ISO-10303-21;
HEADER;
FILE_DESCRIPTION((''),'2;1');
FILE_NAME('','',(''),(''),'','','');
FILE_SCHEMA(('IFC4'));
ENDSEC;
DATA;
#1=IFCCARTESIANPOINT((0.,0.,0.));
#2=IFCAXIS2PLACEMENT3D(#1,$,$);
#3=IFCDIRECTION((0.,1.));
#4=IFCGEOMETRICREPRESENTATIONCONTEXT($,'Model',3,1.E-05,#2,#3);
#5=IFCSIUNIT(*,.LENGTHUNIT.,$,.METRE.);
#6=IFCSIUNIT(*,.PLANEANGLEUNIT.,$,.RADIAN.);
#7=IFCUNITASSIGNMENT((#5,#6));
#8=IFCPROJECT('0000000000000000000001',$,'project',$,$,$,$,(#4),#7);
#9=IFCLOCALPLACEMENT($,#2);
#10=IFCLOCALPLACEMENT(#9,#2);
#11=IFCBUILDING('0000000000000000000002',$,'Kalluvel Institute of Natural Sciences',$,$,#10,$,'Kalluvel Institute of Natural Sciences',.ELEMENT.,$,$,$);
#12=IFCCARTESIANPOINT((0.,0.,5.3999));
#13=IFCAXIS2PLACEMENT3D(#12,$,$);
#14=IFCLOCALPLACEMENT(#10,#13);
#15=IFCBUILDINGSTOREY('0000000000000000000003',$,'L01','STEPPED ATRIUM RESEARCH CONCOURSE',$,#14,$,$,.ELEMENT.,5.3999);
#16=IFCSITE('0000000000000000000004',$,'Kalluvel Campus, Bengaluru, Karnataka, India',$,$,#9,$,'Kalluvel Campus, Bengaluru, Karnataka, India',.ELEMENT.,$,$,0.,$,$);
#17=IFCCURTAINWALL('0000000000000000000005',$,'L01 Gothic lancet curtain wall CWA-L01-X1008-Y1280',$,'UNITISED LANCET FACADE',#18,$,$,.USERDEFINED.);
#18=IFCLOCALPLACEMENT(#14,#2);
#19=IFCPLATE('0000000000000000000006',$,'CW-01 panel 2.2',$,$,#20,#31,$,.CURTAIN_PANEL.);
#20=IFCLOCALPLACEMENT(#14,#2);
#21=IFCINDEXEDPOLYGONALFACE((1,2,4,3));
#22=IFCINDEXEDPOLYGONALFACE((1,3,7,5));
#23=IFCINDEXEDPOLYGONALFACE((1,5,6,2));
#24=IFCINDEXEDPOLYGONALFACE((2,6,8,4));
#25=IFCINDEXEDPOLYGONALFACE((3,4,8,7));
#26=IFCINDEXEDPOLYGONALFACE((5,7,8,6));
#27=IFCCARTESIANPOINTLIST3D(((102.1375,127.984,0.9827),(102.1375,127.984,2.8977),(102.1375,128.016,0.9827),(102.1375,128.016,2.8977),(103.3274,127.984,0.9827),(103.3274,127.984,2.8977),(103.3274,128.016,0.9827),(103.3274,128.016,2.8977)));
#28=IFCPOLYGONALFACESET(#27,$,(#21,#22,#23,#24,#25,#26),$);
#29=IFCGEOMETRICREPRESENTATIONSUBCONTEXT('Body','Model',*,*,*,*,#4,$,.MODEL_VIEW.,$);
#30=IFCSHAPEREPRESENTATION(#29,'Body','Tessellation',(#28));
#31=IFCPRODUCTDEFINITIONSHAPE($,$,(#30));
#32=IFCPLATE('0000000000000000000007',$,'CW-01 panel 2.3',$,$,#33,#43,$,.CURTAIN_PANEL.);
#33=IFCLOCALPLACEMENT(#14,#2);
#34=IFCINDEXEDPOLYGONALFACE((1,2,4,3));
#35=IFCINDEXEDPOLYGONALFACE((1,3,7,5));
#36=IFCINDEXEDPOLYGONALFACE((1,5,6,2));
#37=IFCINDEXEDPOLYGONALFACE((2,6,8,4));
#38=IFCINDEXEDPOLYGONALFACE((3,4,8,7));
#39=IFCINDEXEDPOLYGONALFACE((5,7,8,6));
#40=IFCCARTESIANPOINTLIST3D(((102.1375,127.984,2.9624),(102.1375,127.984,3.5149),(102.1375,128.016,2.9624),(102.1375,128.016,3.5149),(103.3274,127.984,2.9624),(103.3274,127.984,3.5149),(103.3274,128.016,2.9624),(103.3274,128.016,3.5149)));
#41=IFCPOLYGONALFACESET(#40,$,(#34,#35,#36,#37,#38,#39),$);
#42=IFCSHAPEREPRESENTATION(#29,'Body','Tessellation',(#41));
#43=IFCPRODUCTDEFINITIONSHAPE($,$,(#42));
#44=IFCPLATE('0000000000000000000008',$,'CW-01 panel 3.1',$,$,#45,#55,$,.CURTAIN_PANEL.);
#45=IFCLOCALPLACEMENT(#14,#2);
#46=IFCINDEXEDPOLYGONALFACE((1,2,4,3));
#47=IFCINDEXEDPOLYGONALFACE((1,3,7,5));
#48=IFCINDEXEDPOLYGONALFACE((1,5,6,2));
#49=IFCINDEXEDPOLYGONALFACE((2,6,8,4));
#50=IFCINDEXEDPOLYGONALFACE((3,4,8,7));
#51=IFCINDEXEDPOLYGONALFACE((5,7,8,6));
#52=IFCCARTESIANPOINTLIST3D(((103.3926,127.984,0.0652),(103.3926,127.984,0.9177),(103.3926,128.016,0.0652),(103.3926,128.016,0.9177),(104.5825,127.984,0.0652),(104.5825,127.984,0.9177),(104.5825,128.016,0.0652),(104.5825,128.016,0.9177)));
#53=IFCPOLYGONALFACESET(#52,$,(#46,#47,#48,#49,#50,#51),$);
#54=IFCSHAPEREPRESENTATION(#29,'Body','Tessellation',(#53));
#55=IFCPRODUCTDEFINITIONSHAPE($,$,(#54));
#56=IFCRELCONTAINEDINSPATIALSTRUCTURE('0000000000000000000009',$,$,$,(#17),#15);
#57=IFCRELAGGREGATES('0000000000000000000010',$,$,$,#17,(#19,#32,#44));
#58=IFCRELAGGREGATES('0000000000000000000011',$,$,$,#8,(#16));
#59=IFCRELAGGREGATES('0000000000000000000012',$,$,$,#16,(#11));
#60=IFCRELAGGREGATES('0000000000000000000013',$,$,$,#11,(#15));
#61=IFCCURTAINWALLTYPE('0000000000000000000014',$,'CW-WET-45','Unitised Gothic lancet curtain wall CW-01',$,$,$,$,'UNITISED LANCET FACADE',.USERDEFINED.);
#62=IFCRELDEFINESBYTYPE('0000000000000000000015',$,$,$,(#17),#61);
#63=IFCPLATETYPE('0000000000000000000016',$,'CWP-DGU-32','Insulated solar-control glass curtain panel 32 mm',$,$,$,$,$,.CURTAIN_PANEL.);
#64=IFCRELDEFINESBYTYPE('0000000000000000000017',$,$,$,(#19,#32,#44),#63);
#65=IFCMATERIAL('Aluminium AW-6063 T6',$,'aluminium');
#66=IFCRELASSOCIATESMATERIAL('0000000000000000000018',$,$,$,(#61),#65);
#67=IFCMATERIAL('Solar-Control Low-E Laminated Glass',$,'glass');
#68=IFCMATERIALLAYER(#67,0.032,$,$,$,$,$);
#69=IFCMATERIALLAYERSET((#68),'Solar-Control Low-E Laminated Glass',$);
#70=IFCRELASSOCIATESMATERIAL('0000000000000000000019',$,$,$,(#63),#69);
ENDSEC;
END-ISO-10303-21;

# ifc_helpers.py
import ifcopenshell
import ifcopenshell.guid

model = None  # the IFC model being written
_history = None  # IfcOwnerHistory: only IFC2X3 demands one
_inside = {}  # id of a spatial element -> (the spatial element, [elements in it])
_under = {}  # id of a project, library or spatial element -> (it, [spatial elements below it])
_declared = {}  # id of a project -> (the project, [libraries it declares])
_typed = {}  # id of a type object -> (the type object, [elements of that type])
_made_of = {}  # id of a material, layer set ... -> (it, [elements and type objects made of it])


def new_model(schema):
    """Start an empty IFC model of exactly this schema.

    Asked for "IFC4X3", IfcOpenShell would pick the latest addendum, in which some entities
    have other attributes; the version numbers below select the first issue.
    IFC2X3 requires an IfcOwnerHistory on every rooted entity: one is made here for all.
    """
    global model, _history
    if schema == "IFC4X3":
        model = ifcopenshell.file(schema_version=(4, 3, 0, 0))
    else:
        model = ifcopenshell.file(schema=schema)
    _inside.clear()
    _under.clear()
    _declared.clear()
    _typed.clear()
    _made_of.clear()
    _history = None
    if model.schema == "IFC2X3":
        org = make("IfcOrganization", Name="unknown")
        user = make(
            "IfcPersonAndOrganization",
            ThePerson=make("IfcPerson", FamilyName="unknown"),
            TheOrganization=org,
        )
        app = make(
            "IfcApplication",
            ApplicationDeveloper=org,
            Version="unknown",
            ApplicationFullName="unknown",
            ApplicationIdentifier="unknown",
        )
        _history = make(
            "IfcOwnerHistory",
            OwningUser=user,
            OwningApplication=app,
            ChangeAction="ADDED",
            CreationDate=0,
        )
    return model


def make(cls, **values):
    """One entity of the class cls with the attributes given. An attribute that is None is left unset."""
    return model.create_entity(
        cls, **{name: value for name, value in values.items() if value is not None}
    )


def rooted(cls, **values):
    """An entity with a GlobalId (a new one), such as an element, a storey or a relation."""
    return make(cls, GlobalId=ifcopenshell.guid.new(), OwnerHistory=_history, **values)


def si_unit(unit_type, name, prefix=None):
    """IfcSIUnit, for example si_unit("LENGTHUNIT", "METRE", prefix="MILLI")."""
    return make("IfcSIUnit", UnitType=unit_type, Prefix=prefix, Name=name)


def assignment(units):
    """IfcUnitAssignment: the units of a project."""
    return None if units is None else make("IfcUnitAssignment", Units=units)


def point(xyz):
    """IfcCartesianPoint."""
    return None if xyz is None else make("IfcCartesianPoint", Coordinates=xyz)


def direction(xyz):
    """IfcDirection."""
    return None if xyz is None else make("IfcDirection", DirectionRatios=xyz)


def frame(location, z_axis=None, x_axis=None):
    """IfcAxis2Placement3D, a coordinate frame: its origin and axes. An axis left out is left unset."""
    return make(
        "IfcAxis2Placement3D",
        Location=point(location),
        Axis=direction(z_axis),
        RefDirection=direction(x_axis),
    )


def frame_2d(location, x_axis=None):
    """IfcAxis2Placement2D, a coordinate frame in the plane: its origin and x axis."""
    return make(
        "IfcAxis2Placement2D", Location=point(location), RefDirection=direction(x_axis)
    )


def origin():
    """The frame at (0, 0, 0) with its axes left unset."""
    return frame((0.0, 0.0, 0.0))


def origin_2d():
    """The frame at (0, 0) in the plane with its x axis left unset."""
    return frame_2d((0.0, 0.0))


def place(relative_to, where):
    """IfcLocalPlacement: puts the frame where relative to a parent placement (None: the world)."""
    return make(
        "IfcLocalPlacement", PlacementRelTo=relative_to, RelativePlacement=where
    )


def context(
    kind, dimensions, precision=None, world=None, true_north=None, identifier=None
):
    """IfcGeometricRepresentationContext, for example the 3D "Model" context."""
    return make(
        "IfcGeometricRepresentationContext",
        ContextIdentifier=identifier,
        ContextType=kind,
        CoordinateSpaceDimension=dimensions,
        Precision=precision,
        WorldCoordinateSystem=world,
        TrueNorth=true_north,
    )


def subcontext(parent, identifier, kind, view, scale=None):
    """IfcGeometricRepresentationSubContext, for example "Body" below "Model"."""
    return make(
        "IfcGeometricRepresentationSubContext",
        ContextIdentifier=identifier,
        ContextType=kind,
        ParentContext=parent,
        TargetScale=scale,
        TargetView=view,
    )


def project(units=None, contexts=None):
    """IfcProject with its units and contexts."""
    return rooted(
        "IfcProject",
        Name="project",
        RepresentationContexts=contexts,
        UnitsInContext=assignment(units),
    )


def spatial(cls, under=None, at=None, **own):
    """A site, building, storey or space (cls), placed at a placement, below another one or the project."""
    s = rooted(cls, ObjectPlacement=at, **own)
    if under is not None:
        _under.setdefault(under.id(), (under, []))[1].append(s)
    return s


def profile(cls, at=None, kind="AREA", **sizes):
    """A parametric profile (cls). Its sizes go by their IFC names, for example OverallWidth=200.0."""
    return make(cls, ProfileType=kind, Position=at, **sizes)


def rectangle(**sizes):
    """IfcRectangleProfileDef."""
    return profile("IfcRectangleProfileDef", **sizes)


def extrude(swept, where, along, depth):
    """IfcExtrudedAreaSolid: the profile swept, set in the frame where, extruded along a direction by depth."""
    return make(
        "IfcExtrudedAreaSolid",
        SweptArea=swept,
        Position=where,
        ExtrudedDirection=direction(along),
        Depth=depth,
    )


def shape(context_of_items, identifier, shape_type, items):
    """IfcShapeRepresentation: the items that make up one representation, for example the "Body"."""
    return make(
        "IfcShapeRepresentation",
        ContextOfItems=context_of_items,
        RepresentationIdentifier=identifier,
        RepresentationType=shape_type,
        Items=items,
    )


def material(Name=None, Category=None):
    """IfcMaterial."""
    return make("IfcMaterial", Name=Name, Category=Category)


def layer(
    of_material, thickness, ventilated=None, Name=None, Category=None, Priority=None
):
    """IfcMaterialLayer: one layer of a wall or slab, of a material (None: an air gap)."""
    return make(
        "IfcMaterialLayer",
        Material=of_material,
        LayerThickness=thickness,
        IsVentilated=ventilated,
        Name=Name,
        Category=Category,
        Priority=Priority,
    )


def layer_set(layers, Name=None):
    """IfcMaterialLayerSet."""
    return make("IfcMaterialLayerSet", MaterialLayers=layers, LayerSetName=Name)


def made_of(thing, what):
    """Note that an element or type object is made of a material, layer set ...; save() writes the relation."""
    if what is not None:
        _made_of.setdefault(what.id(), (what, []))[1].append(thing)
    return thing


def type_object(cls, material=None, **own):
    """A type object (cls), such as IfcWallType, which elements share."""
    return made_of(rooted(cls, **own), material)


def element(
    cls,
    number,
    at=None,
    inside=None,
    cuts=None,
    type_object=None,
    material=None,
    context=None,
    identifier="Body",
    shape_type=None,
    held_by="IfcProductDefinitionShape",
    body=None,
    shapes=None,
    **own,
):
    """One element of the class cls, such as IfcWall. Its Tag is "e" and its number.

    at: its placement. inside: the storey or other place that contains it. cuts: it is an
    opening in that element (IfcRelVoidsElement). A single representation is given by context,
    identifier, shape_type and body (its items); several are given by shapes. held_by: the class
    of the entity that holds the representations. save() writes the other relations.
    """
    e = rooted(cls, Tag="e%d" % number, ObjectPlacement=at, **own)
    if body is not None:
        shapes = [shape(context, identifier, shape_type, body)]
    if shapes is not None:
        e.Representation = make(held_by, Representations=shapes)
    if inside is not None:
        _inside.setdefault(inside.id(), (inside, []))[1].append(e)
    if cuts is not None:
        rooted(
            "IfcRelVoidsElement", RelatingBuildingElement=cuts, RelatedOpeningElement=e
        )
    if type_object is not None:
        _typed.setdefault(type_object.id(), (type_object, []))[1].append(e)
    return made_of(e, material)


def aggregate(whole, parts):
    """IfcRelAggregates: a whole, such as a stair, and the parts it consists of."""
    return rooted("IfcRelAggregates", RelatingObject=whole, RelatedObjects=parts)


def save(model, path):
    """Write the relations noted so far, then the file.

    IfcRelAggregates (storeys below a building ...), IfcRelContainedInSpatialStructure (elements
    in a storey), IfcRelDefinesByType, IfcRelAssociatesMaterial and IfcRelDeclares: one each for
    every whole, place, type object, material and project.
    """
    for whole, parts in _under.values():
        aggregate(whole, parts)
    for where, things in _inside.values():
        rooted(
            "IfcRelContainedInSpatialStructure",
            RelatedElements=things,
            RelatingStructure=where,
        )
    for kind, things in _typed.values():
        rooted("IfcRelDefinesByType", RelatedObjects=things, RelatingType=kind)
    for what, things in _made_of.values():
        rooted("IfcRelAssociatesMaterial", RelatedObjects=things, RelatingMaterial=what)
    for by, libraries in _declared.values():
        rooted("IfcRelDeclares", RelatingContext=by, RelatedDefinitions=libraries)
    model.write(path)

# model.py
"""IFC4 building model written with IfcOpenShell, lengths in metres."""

from ifc_helpers import new_model, si_unit, direction, frame, origin, origin_2d, place, context, subcontext, project, spatial, rectangle, extrude, material, layer, layer_set, type_object, element, aggregate, save


model = new_model("IFC4")

# Units and contexts
model_context = context("Model", 3, precision=1e-05, world=origin(), true_north=direction((0.0, 1.0)))
body_context = subcontext(model_context, "Body", "Model", "MODEL_VIEW")
ifc_project = project(units=[si_unit("LENGTHUNIT", "METRE"), si_unit("PLANEANGLEUNIT", "RADIAN")], contexts=[model_context])

# Site, building, storey
site_placement = place(None, origin())
site = spatial("IfcSite", under=ifc_project, at=site_placement, Name="Kalluvel Campus, Bengaluru, Karnataka, India", LongName="Kalluvel Campus, Bengaluru, Karnataka, India", CompositionType="ELEMENT", RefElevation=0.0)
building_placement = place(site_placement, origin())
building = spatial("IfcBuilding", under=site, at=building_placement, Name="Kalluvel Institute of Natural Sciences", LongName="Kalluvel Institute of Natural Sciences", CompositionType="ELEMENT")
storey_placement = place(building_placement, frame((0.0, 0.0, 5.3999)))
storey = spatial("IfcBuildingStorey", under=building, at=storey_placement, Name="L01", Description="STEPPED ATRIUM RESEARCH CONCOURSE", CompositionType="ELEMENT", Elevation=5.3999)

# Shared definitions
ifc_material_1 = material(Name="Aluminium AW-6063 T6", Category="aluminium")
curtain_wall_type = type_object("IfcCurtainWallType", Name="CW-WET-45", Description="Unitised Gothic lancet curtain wall CW-01", ElementType="UNITISED LANCET FACADE", PredefinedType="USERDEFINED", material=ifc_material_1)

# Curtain wall
curtain_wall_1_placement = place(storey_placement, origin())
curtain_wall_1 = element("IfcCurtainWall", 1, at=curtain_wall_1_placement, inside=storey, type_object=curtain_wall_type, Name="L01 Gothic lancet curtain wall CWA-L01-X1008-Y1280", ObjectType="UNITISED LANCET FACADE", PredefinedType="USERDEFINED")

# Plates
ifc_material_2 = material(Name="Solar-Control Low-E Laminated Glass", Category="glass")
ifc_layer = layer(ifc_material_2, 0.032)
ifc_layer_set = layer_set([ifc_layer], Name="Solar-Control Low-E Laminated Glass")
plate_type = type_object("IfcPlateType", Name="CWP-DGU-32", Description="Insulated solar-control glass curtain panel 32 mm", PredefinedType="CURTAIN_PANEL", material=ifc_layer_set)
plate_1_placement = place(storey_placement, frame((102.7324, 128.0, 0.9827), z_axis=(0.0, 0.0, 1.0), x_axis=(1.0, 0.0, 0.0)))
plate_1 = element("IfcPlate", 2, at=plate_1_placement, type_object=plate_type, Name="CW-01 panel 2.2", PredefinedType="CURTAIN_PANEL", context=body_context, shape_type="SweptSolid", body=[
    extrude(rectangle(XDim=1.1899, YDim=0.032, at=origin_2d()), origin(), (0.0, 0.0, 1.0), 1.915),
])
plate_2_placement = place(storey_placement, frame((102.7324, 128.0, 2.9624), z_axis=(0.0, 0.0, 1.0), x_axis=(1.0, 0.0, 0.0)))
plate_2 = element("IfcPlate", 3, at=plate_2_placement, type_object=plate_type, Name="CW-01 panel 2.3", PredefinedType="CURTAIN_PANEL", context=body_context, shape_type="SweptSolid", body=[
    extrude(rectangle(XDim=1.1899, YDim=0.032, at=origin_2d()), origin(), (0.0, 0.0, 1.0), 0.5525),
])
plate_3_placement = place(storey_placement, frame((103.9875, 128.0, 0.0652), z_axis=(0.0, 0.0, 1.0), x_axis=(1.0, 0.0, 0.0)))
plate_3 = element("IfcPlate", 4, at=plate_3_placement, type_object=plate_type, Name="CW-01 panel 3.1", PredefinedType="CURTAIN_PANEL", context=body_context, shape_type="SweptSolid", body=[
    extrude(rectangle(XDim=1.1899, YDim=0.032, at=origin_2d()), origin(), (0.0, 0.0, 1.0), 0.8525),
])
aggregate(curtain_wall_1, [plate_1, plate_2, plate_3])

save(model, "model.ifc")
